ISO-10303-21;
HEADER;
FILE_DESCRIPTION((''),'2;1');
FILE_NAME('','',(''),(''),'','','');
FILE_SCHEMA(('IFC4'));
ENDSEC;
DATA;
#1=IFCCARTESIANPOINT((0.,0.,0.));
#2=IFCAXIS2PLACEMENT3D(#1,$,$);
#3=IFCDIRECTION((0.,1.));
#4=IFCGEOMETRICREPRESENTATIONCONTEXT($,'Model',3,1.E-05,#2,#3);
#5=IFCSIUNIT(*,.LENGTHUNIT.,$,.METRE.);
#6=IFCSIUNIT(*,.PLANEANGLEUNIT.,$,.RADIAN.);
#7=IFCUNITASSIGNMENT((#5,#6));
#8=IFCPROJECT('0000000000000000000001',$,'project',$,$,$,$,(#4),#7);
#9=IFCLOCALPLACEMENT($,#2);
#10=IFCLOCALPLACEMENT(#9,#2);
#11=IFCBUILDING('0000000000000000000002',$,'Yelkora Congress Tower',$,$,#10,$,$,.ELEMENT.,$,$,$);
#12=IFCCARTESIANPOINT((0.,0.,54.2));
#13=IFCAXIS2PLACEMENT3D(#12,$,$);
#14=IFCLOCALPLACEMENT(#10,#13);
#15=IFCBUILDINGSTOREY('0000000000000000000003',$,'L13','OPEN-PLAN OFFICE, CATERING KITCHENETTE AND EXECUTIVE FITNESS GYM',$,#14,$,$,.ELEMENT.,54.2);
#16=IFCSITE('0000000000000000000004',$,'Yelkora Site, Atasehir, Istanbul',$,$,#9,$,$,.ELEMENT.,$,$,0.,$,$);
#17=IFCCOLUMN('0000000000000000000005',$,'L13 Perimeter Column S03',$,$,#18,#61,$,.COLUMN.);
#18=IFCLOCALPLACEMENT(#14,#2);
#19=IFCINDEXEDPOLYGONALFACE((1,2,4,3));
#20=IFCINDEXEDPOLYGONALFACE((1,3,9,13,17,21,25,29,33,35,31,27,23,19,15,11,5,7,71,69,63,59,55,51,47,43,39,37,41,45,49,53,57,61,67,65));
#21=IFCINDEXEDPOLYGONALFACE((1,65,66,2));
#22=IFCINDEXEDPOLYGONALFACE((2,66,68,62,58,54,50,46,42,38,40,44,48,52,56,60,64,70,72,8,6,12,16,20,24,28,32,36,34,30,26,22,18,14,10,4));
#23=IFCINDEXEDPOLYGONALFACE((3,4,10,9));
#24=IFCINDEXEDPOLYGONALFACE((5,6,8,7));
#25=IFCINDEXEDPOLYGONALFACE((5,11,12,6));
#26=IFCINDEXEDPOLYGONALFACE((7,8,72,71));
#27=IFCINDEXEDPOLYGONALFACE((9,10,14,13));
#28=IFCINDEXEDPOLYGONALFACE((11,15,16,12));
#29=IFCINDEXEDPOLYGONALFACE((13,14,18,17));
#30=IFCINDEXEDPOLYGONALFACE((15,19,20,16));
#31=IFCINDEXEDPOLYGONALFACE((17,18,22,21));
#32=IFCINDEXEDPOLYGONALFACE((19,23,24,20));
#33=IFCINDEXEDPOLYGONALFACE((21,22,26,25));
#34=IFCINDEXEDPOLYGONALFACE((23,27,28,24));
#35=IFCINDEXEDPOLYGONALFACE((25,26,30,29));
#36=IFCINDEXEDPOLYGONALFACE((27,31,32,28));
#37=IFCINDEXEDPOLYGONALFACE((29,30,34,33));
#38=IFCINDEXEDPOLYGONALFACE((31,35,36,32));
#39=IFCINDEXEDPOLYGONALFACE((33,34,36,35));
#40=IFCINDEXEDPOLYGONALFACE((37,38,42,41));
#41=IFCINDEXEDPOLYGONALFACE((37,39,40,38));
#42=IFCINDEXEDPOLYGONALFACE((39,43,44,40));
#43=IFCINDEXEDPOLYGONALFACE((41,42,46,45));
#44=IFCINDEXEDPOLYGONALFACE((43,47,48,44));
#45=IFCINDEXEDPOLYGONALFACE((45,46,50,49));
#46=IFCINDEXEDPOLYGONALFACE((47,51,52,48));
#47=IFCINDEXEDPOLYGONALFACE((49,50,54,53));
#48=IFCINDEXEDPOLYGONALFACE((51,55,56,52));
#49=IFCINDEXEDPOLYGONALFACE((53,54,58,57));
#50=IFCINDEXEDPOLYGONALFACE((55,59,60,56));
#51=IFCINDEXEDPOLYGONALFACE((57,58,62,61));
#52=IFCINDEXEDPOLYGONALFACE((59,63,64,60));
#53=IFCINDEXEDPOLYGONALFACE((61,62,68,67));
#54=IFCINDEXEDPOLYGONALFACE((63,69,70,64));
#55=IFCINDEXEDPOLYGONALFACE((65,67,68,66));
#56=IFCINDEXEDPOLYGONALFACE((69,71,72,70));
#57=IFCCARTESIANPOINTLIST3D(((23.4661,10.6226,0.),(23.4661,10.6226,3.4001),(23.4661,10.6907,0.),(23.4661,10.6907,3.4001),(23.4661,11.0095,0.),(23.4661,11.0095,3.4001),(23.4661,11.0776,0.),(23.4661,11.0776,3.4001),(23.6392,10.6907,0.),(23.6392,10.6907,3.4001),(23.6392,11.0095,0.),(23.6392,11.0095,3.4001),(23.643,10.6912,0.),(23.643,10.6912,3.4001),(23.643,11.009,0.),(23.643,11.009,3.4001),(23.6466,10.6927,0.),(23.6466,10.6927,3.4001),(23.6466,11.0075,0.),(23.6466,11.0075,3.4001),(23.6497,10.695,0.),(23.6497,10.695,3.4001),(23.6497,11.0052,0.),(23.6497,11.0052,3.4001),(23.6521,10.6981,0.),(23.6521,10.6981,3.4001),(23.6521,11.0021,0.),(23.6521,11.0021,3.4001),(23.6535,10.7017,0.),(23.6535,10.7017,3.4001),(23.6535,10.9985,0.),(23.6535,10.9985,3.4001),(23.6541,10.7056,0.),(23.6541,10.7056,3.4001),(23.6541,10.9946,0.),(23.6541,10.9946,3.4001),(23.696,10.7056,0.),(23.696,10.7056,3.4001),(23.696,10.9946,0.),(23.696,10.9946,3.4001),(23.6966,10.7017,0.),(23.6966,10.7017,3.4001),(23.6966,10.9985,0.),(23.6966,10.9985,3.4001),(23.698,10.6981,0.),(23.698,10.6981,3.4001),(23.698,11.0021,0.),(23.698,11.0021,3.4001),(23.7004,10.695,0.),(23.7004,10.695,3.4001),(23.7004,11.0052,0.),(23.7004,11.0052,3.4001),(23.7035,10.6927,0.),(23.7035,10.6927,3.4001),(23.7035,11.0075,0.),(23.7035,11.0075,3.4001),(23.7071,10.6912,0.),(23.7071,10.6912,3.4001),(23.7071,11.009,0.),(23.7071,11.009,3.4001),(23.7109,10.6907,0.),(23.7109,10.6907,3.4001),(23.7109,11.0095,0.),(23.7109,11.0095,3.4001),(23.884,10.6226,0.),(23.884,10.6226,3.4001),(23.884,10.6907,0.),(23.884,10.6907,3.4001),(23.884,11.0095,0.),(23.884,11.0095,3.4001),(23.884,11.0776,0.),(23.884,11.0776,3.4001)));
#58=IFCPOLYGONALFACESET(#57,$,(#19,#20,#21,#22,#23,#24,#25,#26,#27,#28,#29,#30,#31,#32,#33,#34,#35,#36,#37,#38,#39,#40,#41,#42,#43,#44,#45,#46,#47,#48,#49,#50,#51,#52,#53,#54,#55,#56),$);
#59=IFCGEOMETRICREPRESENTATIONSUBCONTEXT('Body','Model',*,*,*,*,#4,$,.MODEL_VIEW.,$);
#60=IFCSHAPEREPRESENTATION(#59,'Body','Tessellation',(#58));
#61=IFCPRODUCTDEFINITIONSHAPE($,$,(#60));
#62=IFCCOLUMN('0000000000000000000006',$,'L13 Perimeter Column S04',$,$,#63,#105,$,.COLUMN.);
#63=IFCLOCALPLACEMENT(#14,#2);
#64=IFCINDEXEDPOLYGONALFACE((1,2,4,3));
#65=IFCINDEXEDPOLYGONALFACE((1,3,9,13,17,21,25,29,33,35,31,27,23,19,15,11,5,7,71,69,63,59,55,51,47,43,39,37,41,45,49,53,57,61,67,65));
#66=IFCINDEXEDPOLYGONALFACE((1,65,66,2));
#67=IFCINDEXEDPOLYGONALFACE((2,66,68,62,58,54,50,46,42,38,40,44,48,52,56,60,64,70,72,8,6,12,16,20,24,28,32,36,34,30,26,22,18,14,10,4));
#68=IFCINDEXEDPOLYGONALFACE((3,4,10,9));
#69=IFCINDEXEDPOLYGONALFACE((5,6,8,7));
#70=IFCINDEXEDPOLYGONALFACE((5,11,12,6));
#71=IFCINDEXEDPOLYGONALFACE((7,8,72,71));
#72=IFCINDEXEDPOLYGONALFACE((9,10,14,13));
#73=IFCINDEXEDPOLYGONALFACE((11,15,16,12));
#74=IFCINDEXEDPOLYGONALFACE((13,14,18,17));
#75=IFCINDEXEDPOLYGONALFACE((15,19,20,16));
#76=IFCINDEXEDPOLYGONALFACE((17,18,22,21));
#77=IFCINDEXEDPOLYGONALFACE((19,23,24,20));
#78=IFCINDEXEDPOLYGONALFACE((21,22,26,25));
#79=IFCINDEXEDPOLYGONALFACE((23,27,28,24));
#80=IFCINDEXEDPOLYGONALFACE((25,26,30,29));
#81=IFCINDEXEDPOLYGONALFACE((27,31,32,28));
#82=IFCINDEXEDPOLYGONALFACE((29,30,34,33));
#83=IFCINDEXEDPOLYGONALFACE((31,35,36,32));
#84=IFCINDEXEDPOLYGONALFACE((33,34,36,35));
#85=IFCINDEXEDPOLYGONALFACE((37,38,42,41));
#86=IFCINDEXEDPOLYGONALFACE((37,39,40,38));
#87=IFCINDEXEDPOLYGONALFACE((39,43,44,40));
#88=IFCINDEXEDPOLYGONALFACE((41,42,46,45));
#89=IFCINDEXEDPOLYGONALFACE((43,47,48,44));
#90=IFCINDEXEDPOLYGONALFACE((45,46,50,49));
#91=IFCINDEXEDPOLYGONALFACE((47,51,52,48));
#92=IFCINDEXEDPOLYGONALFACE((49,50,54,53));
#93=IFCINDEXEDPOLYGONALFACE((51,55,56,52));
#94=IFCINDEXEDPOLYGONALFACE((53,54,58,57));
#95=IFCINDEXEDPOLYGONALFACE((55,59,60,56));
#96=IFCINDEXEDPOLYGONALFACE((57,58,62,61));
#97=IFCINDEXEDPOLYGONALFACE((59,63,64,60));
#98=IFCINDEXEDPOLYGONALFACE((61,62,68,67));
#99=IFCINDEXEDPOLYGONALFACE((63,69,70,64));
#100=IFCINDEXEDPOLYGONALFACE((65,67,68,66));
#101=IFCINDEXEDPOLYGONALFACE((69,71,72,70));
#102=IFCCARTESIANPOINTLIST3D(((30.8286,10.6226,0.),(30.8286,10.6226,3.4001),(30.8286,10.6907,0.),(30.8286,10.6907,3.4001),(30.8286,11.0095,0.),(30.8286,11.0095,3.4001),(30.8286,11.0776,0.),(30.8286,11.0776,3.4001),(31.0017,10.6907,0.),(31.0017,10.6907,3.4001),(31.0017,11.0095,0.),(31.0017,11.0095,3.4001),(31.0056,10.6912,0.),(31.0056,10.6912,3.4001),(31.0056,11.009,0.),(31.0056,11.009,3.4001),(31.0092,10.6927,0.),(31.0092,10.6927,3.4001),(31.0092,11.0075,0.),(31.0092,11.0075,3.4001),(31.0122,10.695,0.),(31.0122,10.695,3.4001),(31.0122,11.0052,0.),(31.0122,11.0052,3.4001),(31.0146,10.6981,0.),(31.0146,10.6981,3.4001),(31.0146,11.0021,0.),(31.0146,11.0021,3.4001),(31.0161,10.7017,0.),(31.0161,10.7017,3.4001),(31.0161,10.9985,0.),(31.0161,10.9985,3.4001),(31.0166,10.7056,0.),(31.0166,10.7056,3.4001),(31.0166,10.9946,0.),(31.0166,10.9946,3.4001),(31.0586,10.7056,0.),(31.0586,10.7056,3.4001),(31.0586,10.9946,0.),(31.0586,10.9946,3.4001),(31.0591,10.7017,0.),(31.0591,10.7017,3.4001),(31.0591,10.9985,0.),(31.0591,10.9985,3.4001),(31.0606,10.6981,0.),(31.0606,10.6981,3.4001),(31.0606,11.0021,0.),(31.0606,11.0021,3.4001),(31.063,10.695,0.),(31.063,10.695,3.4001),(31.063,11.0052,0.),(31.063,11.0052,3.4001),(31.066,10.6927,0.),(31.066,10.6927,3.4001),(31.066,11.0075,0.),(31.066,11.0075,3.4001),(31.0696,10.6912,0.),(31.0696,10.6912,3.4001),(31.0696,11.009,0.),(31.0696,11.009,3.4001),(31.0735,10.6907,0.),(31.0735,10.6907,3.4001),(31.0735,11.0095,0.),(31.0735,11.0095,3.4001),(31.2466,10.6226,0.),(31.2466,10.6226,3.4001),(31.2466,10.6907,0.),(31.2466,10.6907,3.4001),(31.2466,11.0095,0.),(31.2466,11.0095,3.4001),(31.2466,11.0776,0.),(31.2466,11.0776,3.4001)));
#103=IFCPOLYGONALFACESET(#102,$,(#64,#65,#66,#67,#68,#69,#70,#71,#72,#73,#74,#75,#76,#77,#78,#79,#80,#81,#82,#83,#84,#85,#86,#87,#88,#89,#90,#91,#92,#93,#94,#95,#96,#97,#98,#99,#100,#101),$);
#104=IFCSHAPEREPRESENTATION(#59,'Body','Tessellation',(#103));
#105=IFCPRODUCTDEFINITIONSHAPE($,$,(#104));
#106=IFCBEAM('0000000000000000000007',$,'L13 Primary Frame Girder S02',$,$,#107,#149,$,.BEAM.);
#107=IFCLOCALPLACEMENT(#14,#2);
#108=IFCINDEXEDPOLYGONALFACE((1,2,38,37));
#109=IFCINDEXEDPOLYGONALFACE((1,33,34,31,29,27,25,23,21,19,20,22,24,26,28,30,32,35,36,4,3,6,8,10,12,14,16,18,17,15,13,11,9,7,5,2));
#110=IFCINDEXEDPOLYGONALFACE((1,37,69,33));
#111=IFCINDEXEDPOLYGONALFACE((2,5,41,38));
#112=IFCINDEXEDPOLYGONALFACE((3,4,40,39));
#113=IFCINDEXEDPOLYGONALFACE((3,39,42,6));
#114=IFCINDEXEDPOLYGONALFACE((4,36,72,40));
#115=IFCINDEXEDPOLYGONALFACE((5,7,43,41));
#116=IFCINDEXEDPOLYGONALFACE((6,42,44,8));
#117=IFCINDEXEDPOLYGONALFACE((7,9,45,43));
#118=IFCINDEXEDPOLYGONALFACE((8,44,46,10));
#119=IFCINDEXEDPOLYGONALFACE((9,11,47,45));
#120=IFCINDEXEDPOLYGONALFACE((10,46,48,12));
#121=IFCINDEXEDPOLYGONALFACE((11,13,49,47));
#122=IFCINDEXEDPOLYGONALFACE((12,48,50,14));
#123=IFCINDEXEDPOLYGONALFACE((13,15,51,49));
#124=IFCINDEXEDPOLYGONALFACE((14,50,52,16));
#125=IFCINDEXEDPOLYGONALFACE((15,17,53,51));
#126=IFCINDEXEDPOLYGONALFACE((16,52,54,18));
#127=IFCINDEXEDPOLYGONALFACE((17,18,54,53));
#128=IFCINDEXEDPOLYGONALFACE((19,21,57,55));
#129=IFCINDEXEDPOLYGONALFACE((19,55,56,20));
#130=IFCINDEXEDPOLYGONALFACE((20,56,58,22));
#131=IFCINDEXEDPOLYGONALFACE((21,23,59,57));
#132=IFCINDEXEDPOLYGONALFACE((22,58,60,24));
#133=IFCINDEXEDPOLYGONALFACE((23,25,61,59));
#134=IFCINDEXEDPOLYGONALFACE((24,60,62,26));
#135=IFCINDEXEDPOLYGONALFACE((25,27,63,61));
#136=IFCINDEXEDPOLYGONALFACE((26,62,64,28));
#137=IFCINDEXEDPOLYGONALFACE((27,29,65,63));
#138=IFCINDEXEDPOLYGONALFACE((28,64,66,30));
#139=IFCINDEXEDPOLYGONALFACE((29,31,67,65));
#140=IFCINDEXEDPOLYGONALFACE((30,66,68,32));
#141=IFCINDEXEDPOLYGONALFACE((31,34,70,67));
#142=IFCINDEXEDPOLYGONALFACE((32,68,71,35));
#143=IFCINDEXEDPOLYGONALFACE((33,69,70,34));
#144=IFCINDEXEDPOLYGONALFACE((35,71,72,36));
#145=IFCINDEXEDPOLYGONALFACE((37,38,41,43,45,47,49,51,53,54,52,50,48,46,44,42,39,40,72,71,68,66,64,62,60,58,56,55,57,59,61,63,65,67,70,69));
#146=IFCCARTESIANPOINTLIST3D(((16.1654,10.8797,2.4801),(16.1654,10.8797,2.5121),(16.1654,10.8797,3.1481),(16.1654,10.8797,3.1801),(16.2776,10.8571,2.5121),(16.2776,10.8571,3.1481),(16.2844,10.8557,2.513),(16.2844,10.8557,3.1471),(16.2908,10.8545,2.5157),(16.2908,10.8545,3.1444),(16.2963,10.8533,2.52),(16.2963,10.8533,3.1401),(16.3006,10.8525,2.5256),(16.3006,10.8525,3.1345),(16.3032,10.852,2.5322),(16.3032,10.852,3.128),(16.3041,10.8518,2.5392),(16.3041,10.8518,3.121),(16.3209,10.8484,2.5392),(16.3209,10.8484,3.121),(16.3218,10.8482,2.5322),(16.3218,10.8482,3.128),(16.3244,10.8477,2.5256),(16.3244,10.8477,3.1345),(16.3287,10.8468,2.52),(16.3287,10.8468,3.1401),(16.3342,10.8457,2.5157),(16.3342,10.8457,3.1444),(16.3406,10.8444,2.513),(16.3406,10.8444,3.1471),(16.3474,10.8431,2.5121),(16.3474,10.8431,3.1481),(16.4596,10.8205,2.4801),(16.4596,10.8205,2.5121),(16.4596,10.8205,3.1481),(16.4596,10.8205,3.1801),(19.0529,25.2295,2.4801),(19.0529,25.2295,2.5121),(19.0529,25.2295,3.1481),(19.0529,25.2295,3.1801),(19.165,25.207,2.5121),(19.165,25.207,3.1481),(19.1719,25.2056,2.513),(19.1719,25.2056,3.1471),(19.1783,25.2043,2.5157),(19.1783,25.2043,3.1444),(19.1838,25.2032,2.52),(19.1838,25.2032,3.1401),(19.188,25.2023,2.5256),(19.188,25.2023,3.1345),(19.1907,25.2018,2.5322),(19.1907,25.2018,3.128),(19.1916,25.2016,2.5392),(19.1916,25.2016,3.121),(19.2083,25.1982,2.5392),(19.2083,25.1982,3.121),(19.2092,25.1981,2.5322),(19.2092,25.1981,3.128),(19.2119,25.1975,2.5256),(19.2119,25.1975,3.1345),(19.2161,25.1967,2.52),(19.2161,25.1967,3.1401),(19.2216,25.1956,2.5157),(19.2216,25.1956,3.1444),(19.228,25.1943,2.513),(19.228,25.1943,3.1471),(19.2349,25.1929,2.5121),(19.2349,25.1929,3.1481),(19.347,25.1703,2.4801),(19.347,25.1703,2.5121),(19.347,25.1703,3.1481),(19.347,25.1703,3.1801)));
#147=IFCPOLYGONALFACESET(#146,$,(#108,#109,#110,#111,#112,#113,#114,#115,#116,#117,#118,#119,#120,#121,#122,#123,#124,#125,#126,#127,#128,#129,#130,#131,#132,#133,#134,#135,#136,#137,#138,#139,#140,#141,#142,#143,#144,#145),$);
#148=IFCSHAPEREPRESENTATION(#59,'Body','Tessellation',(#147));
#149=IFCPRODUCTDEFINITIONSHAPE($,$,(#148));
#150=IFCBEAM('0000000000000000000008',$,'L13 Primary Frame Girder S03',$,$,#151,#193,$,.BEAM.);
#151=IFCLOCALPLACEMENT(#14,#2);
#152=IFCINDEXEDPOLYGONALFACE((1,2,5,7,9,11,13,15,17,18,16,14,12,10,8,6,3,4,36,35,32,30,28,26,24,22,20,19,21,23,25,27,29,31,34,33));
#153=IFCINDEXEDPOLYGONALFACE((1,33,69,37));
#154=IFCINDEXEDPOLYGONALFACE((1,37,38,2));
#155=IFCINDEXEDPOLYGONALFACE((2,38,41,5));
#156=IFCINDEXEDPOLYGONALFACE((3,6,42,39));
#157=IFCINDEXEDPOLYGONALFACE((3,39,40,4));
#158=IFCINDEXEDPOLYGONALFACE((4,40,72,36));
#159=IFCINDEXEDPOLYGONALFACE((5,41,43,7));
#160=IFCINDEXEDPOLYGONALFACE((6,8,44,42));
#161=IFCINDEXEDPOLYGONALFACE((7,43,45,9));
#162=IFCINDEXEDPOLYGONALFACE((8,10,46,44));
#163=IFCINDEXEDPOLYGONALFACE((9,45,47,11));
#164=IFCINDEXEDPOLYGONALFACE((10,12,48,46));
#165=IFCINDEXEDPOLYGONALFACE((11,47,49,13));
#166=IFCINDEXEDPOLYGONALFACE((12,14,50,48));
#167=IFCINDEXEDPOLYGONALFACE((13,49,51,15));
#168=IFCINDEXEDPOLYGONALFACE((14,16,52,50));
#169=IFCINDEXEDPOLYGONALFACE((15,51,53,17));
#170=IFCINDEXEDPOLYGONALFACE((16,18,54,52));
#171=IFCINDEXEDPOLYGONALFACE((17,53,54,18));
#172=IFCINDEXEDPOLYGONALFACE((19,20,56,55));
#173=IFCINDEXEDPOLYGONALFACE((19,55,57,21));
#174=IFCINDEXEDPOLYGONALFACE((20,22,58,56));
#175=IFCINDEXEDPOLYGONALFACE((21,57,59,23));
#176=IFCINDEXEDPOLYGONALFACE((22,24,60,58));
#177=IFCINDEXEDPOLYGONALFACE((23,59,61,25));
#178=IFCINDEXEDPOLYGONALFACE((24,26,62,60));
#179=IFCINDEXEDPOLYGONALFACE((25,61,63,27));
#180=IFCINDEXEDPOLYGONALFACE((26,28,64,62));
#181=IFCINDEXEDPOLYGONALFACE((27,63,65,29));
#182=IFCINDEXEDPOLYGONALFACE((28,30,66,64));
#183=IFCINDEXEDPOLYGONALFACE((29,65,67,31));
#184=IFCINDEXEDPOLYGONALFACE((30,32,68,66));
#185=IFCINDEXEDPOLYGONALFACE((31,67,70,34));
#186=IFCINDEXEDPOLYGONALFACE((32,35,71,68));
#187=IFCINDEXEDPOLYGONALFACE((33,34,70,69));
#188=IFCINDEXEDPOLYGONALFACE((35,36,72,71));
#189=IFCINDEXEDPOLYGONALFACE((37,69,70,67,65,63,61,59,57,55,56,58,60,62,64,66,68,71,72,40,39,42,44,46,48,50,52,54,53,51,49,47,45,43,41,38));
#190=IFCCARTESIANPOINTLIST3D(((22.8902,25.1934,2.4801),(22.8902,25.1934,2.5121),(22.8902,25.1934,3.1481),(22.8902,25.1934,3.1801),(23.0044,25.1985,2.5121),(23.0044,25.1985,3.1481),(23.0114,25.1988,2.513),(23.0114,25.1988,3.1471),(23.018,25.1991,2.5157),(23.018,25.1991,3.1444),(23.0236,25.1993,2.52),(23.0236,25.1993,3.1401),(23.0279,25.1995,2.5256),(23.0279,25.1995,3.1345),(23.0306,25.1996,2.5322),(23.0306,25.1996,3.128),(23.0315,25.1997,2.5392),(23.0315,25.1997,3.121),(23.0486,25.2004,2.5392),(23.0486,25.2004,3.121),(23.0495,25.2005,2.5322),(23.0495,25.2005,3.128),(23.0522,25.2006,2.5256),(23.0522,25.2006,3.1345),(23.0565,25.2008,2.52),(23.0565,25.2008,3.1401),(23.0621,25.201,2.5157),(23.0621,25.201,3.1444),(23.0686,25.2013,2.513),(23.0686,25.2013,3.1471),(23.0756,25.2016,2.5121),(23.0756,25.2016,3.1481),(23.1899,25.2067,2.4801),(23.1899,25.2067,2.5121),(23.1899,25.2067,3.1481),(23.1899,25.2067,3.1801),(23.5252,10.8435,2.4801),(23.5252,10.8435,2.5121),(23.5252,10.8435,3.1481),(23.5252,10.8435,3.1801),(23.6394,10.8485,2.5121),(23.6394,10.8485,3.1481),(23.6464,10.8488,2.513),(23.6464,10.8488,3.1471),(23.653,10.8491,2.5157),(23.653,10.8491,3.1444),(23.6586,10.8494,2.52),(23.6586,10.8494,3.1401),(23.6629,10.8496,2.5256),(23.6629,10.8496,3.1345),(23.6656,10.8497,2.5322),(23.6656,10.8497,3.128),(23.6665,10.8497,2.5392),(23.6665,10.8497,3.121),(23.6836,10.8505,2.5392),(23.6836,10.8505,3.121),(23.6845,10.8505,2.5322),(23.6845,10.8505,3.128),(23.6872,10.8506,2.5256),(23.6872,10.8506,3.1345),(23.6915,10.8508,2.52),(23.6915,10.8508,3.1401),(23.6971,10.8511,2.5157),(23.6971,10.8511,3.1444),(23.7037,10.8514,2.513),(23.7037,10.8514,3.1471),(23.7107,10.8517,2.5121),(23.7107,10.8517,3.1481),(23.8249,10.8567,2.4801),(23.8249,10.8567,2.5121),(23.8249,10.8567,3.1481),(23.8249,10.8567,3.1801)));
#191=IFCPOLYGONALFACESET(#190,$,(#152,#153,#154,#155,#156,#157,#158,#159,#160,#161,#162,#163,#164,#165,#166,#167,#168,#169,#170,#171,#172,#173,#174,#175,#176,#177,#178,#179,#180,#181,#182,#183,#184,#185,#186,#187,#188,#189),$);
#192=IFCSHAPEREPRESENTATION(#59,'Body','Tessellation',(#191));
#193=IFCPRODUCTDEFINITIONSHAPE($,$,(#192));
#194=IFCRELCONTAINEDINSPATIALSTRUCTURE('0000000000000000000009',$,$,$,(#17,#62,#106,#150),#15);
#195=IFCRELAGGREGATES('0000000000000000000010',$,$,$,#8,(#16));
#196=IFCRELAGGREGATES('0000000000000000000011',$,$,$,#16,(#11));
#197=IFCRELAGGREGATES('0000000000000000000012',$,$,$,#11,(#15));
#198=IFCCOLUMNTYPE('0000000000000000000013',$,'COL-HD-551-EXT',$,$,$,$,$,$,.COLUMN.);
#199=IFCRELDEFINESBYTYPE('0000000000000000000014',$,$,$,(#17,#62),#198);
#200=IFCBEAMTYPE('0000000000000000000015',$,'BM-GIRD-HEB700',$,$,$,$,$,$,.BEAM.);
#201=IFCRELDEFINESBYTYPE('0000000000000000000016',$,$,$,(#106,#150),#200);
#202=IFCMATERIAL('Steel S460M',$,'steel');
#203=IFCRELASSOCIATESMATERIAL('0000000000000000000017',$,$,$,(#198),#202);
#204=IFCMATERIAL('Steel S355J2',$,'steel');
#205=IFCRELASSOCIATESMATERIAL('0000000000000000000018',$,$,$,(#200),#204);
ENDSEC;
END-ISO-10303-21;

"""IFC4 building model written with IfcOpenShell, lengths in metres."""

from ifc_helpers import new_model, si_unit, direction, frame, origin, origin_2d, place, context, subcontext, project, spatial, i_section, extrude, material, material_profile, profile_set, type_object, element, save


model = new_model("IFC4")

# Units and contexts
model_context = context("Model", 3, precision=1e-05, world=origin(), true_north=direction((0.0, 1.0)))
body_context = subcontext(model_context, "Body", "Model", "MODEL_VIEW")
ifc_project = project(units=[si_unit("LENGTHUNIT", "METRE"), si_unit("PLANEANGLEUNIT", "RADIAN")], contexts=[model_context])

# Site, building, storey
site_placement = place(None, origin())
site = spatial("IfcSite", under=ifc_project, at=site_placement, Name="Yelkora Site, Atasehir, Istanbul", CompositionType="ELEMENT", RefElevation=0.0)
building_placement = place(site_placement, origin())
building = spatial("IfcBuilding", under=site, at=building_placement, Name="Yelkora Congress Tower", CompositionType="ELEMENT")
storey_placement = place(building_placement, frame((0.0, 0.0, 54.2)))
storey = spatial("IfcBuildingStorey", under=building, at=storey_placement, Name="L13", Description="OPEN-PLAN OFFICE, CATERING KITCHENETTE AND EXECUTIVE FITNESS GYM", CompositionType="ELEMENT", Elevation=54.2)

# Columns
ifc_material_1 = material(Name="Steel S460M", Category="steel")
ifc_material_profile_1 = material_profile(ifc_material_1, i_section(OverallWidth=0.418, OverallDepth=0.4551, WebThickness=0.042, FlangeThickness=0.0681, FilletRadius=0.0149, at=origin_2d()), Name="HD 400x551")
ifc_profile_set_1 = profile_set([ifc_material_profile_1], Name="Steel S460M")
column_type = type_object("IfcColumnType", Name="COL-HD-551-EXT", PredefinedType="COLUMN", material=ifc_profile_set_1)
for number, where, z_axis, x_axis, name in (
    (1, (23.675, 10.8501, 0.0), (0.0, 0.0, 1.0), (1.0, 0.0, 0.0), "L13 Perimeter Column S03"),
    (2, (31.0376, 10.8501, 0.0), (0.0, 0.0, 1.0), (1.0, 0.0, 0.0), "L13 Perimeter Column S04"),
):
    element("IfcColumn", number, at=place(storey_placement, frame(where, z_axis=z_axis, x_axis=x_axis)), inside=storey, type_object=column_type, Name=name, PredefinedType="COLUMN", context=body_context, shape_type="SweptSolid", body=[
        extrude(i_section(OverallWidth=0.418, OverallDepth=0.4551, WebThickness=0.042, FlangeThickness=0.0681, FilletRadius=0.0149, at=origin_2d()), origin(), (0.0, 0.0, 1.0), 3.4001),
    ])

# Beams
ifc_material_2 = material(Name="Steel S355J2", Category="steel")
ifc_material_profile_2 = material_profile(ifc_material_2, i_section(OverallWidth=0.3, OverallDepth=0.7, WebThickness=0.0171, FlangeThickness=0.032, FilletRadius=0.0271, at=origin_2d()), Name="HEB 700")
ifc_profile_set_2 = profile_set([ifc_material_profile_2], Name="Steel S355J2")
beam_type_1 = type_object("IfcBeamType", Name="BM-GIRD-HEB700", PredefinedType="BEAM", material=ifc_profile_set_2)
beam_1_placement = place(storey_placement, frame((16.3125, 10.8501, 2.8301), z_axis=(0.197264, 0.98035, 0.0), x_axis=(-0.98035, 0.197264, 0.0)))
element("IfcBeam", 3, at=beam_1_placement, inside=storey, type_object=beam_type_1, Name="L13 Primary Frame Girder S02", PredefinedType="BEAM", context=body_context, shape_type="SweptSolid", body=[
    extrude(i_section(OverallWidth=0.3, OverallDepth=0.7, WebThickness=0.0171, FlangeThickness=0.032, FilletRadius=0.0271, at=origin_2d()), origin(), (0.0, 0.0, 1.0), 14.6375),
])
beam_2_placement = place(storey_placement, frame((23.675, 10.8501, 2.8301), z_axis=(-0.044209, 0.999022, 0.0), x_axis=(-0.999022, -0.044209, 0.0)))
element("IfcBeam", 4, at=beam_2_placement, inside=storey, type_object=beam_type_1, Name="L13 Primary Frame Girder S03", PredefinedType="BEAM", context=body_context, shape_type="SweptSolid", body=[
    extrude(i_section(OverallWidth=0.3, OverallDepth=0.7, WebThickness=0.0171, FlangeThickness=0.032, FilletRadius=0.0271, at=origin_2d()), origin(), (0.0, 0.0, 1.0), 14.364),
])

save(model, "model.ifc")
